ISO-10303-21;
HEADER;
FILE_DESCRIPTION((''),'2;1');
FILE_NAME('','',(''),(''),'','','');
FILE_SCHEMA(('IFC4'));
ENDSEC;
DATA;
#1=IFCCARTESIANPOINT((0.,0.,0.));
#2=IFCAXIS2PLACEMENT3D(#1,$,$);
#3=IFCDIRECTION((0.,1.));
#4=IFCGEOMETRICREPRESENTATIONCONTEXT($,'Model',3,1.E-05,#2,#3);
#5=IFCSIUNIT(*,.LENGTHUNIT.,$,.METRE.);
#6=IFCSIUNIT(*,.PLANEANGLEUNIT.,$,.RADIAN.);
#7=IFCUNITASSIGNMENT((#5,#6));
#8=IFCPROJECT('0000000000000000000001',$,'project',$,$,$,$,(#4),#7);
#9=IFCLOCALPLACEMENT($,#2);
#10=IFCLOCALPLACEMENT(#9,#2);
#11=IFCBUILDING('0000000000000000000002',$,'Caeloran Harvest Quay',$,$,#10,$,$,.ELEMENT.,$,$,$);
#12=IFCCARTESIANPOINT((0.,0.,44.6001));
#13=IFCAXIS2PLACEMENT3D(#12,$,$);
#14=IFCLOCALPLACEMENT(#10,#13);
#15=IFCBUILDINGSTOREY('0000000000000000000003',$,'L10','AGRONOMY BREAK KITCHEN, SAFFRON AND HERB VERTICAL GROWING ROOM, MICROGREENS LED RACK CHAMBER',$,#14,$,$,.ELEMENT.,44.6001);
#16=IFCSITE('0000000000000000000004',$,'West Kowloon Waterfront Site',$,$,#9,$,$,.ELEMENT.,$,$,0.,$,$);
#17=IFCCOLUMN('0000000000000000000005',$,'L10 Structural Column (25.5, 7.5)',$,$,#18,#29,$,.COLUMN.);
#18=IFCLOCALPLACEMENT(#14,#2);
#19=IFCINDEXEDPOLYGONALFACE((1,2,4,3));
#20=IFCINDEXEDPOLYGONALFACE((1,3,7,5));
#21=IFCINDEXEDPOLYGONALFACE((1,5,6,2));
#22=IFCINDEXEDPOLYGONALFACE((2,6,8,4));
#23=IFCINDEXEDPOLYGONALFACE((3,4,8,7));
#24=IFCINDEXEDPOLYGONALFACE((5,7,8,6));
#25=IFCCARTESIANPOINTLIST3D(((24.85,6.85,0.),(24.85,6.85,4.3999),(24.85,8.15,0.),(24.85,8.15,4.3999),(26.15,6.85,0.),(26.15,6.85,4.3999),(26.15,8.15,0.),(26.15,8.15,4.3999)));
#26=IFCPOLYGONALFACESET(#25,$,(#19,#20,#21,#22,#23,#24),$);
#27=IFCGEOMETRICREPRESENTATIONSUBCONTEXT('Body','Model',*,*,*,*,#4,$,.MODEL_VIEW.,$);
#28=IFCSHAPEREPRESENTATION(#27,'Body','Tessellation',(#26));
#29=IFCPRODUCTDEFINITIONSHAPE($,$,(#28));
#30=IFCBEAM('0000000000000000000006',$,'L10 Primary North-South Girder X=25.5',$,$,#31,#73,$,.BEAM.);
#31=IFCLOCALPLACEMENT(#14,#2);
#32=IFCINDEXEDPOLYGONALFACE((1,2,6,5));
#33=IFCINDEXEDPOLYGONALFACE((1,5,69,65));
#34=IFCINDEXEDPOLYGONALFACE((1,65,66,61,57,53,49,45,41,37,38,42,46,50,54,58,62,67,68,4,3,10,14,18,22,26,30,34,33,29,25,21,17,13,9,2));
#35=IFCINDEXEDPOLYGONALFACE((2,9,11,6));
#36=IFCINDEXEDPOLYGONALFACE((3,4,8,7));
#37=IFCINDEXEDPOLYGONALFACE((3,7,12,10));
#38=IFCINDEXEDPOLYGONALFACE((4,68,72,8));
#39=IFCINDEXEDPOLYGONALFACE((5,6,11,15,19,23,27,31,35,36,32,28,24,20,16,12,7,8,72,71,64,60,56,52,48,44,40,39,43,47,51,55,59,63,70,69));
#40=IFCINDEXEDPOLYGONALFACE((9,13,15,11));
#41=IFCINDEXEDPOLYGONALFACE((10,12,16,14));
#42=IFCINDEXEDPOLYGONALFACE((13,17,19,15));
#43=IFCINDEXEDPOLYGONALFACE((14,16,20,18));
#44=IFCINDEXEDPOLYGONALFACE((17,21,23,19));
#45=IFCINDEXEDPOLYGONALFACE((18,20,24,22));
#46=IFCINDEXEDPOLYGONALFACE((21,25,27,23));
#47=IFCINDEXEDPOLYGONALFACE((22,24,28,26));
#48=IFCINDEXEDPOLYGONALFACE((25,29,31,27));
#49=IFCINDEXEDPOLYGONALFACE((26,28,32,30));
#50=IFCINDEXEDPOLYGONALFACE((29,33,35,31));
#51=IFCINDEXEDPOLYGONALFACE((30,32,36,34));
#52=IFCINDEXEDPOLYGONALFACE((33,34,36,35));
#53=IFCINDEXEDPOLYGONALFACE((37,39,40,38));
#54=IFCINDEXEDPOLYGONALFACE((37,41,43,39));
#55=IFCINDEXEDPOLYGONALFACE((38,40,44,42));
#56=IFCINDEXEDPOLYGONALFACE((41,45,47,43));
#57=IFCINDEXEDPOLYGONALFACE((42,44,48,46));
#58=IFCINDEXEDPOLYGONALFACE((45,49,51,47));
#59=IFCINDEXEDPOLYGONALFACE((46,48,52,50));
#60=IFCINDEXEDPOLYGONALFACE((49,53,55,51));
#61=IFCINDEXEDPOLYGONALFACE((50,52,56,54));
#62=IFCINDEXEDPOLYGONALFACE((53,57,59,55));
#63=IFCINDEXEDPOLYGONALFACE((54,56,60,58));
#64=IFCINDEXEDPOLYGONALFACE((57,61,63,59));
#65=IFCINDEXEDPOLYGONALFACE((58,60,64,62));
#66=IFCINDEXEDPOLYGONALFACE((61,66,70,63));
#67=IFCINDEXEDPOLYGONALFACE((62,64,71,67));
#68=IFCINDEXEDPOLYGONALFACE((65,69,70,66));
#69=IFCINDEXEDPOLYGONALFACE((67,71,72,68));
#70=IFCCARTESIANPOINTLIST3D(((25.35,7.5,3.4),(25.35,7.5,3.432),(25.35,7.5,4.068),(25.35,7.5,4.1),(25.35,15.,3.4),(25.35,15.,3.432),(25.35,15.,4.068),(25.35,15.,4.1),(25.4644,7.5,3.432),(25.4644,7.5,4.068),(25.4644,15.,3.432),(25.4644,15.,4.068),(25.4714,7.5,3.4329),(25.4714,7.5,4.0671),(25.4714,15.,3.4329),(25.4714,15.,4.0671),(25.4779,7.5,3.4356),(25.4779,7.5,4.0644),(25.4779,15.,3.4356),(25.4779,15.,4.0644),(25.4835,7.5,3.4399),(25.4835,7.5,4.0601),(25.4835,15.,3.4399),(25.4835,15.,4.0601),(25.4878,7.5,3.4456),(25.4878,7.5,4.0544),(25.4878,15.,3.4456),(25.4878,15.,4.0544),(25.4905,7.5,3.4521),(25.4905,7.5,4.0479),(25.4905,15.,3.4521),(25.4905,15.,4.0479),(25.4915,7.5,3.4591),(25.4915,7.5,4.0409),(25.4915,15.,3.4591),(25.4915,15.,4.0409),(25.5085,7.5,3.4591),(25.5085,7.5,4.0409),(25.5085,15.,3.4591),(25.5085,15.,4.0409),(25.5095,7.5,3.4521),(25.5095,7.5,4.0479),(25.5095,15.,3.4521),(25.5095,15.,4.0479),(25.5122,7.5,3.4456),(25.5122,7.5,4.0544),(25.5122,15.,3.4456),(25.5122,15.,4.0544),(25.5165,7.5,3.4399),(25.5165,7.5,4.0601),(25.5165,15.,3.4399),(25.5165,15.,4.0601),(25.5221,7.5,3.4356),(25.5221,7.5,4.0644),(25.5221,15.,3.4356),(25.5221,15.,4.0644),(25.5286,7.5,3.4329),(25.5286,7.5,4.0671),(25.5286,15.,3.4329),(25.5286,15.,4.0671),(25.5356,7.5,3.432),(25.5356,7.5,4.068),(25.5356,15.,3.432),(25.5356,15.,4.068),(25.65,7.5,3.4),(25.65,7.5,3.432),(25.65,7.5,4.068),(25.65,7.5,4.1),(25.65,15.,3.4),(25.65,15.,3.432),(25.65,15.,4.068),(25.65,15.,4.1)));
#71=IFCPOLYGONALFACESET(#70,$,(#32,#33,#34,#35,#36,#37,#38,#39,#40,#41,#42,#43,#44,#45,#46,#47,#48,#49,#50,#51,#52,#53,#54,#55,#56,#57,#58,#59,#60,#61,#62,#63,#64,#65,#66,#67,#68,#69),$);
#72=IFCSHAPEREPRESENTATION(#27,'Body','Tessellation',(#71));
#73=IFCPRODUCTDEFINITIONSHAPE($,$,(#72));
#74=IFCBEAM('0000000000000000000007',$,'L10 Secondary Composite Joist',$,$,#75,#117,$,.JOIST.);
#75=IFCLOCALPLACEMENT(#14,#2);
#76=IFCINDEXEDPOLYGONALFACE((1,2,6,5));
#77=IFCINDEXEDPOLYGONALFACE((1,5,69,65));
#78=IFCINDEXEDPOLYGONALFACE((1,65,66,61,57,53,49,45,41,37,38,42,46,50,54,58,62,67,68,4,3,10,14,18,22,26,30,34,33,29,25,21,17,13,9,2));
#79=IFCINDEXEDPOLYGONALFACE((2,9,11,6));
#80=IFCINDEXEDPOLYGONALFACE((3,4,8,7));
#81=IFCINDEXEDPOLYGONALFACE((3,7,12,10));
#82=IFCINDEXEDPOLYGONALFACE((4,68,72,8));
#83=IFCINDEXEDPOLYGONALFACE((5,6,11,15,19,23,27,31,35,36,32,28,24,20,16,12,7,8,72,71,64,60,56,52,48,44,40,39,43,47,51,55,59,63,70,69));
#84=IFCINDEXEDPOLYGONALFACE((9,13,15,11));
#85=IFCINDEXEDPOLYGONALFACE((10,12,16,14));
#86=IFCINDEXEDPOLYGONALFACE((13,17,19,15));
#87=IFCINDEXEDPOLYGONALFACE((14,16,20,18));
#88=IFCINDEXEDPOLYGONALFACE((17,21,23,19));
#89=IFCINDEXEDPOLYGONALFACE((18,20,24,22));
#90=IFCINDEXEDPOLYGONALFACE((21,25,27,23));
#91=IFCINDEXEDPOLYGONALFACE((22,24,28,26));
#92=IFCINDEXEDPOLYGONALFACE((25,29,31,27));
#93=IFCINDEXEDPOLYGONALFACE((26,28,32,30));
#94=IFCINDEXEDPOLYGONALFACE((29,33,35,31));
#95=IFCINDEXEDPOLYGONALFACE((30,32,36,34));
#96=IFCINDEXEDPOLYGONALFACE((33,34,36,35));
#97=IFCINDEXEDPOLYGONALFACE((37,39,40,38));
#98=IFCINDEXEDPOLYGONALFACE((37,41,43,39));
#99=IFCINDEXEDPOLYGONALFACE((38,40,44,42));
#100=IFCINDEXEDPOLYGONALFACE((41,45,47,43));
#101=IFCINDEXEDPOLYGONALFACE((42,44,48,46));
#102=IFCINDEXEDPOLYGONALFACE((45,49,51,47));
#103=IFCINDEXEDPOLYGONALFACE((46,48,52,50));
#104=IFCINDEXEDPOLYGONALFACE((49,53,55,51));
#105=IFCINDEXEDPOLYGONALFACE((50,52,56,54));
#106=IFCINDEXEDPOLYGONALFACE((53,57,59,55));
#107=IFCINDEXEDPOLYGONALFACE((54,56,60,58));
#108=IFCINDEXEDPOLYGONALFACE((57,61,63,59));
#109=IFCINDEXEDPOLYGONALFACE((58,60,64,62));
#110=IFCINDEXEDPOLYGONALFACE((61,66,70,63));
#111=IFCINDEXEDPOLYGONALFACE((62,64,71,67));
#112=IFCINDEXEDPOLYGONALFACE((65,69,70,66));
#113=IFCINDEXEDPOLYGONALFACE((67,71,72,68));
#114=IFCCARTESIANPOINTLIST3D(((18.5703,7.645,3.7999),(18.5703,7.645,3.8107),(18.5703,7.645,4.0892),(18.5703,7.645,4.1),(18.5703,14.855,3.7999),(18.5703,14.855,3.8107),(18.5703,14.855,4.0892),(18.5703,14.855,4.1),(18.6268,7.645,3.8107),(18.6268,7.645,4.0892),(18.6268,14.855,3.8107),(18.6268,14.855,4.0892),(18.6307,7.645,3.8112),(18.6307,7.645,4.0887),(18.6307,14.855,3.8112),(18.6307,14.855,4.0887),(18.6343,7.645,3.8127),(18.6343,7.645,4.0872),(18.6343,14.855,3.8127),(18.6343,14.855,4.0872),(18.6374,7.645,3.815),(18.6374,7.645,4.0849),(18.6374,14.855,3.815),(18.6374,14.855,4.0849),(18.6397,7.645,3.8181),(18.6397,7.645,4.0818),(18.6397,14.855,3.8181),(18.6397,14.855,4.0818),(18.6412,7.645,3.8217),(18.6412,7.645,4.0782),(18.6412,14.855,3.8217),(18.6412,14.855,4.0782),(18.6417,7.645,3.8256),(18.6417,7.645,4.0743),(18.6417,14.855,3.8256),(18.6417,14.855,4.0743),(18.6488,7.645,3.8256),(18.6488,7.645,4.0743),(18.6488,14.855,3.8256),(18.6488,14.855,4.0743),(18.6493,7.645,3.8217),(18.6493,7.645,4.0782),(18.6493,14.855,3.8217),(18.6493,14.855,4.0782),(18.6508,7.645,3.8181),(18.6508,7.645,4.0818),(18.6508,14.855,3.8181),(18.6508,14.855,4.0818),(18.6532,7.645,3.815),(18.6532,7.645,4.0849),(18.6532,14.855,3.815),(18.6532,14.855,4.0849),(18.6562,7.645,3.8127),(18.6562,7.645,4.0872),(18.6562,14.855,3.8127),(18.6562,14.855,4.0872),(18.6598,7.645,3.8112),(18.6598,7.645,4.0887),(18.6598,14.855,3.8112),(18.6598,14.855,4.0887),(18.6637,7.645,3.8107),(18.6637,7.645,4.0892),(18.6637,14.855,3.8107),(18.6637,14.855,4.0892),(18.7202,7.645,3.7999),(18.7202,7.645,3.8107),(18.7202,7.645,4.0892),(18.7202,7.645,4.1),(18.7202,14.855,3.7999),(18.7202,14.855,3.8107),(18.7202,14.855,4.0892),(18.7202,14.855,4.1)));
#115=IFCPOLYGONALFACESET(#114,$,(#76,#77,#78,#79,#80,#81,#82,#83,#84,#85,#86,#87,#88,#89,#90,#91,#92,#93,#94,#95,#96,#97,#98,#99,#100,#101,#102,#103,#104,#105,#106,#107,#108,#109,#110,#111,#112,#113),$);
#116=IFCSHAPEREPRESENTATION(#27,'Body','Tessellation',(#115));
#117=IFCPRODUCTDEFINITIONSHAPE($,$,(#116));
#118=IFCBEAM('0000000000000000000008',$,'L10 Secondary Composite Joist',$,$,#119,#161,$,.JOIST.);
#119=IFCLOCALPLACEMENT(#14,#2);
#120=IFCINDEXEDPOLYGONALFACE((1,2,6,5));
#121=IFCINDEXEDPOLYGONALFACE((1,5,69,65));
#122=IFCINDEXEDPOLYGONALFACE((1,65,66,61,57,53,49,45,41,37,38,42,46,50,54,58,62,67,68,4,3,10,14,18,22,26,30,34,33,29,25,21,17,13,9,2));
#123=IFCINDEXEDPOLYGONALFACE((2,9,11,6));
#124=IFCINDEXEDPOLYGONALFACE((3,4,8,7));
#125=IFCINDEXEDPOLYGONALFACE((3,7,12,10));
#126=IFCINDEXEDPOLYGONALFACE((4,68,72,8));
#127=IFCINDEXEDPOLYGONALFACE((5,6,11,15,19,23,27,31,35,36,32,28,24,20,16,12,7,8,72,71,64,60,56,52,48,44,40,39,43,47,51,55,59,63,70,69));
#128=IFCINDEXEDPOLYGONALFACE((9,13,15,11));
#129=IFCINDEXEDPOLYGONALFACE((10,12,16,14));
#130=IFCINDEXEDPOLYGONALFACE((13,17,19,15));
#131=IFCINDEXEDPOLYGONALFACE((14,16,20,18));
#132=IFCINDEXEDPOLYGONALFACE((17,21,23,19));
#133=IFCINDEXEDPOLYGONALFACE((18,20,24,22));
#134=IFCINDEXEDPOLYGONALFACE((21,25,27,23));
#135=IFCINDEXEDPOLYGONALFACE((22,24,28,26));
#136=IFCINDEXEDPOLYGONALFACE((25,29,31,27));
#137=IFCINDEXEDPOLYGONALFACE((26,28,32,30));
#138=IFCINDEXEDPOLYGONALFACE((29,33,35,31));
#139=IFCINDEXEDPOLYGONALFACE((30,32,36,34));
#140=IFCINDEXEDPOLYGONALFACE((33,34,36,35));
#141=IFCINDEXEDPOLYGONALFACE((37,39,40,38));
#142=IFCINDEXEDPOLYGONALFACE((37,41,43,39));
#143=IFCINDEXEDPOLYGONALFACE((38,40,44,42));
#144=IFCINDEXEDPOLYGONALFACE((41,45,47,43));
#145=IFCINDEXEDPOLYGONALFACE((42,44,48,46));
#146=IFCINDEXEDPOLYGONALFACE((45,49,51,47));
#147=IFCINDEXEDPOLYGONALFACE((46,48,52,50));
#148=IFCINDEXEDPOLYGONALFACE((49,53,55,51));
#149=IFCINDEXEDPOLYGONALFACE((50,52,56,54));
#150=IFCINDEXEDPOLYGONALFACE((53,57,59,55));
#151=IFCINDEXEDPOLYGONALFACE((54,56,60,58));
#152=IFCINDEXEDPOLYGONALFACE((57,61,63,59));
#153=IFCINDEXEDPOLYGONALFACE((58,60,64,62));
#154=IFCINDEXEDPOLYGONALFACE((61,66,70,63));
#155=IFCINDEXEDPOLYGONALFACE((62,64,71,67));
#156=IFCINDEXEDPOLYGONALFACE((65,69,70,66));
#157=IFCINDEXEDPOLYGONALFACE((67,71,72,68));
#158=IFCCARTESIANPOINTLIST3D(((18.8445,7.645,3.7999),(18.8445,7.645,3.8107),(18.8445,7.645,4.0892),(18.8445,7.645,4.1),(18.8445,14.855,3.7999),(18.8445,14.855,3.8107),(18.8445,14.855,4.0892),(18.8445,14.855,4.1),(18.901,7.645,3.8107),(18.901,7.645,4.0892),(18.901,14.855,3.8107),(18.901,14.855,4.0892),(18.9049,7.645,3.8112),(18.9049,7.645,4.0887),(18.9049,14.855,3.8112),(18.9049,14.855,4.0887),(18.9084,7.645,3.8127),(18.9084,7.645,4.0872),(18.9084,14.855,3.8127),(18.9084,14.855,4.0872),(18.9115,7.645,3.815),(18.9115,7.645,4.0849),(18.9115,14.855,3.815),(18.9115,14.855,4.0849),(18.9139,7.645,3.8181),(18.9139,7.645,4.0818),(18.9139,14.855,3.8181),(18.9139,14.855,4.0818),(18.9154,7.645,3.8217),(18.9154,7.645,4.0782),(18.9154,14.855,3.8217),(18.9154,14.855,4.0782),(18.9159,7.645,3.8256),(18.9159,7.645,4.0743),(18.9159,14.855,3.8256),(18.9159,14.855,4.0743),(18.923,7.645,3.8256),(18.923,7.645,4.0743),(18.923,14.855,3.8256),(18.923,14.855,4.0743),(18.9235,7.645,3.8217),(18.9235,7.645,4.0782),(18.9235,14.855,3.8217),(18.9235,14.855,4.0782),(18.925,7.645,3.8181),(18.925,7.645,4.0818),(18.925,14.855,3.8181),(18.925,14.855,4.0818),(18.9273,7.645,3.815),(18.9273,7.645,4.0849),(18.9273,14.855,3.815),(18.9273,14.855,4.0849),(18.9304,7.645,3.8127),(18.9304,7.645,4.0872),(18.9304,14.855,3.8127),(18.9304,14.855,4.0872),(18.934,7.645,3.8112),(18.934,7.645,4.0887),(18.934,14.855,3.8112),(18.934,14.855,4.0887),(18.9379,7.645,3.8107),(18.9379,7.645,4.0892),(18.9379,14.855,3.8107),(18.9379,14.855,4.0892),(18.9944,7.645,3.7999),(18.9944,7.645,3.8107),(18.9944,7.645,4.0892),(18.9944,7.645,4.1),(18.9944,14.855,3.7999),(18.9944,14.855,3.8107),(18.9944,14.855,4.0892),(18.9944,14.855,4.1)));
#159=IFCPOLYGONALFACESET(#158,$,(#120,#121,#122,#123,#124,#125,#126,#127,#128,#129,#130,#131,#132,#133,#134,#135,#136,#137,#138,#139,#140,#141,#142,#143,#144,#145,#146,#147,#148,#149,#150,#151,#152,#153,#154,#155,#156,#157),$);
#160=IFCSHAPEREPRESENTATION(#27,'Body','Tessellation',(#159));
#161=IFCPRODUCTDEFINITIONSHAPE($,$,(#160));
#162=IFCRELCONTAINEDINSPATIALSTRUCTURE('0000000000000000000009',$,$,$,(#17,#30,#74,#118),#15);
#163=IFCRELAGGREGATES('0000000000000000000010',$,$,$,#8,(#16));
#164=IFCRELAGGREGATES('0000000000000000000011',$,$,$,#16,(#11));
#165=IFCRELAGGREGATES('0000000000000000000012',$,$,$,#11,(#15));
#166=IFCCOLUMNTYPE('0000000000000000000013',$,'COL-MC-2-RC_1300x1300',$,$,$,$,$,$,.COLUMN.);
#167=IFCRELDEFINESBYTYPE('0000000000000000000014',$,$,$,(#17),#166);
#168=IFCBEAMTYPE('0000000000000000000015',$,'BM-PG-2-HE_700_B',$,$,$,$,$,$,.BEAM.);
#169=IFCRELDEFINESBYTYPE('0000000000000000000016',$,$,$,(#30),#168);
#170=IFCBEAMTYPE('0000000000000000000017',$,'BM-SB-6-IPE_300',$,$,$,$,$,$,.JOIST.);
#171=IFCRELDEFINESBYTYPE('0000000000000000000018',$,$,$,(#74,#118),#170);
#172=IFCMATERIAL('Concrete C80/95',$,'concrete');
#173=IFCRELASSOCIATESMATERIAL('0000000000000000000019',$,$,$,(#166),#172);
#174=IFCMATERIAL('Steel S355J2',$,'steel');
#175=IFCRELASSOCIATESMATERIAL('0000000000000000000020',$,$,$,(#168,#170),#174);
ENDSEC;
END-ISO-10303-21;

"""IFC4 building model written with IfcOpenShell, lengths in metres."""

from ifc_helpers import new_model, si_unit, direction, frame, origin, origin_2d, place, context, subcontext, project, spatial, rectangle, i_section, extrude, material, material_profile, profile_set, type_object, element, save


model = new_model("IFC4")

# Units and contexts
model_context = context("Model", 3, precision=1e-05, world=origin(), true_north=direction((0.0, 1.0)))
body_context = subcontext(model_context, "Body", "Model", "MODEL_VIEW")
ifc_project = project(units=[si_unit("LENGTHUNIT", "METRE"), si_unit("PLANEANGLEUNIT", "RADIAN")], contexts=[model_context])

# Site, building, storey
site_placement = place(None, origin())
site = spatial("IfcSite", under=ifc_project, at=site_placement, Name="West Kowloon Waterfront Site", CompositionType="ELEMENT", RefElevation=0.0)
building_placement = place(site_placement, origin())
building = spatial("IfcBuilding", under=site, at=building_placement, Name="Caeloran Harvest Quay", CompositionType="ELEMENT")
storey_placement = place(building_placement, frame((0.0, 0.0, 44.6001)))
storey = spatial("IfcBuildingStorey", under=building, at=storey_placement, Name="L10", Description="AGRONOMY BREAK KITCHEN, SAFFRON AND HERB VERTICAL GROWING ROOM, MICROGREENS LED RACK CHAMBER", CompositionType="ELEMENT", Elevation=44.6001)

# Column
ifc_material_1 = material(Name="Concrete C80/95", Category="concrete")
ifc_material_profile_1 = material_profile(ifc_material_1, rectangle(XDim=1.3, YDim=1.3, at=origin_2d()), Name="RC 1300x1300")
ifc_profile_set_1 = profile_set([ifc_material_profile_1], Name="Concrete C80/95")
column_type = type_object("IfcColumnType", Name="COL-MC-2-RC_1300x1300", PredefinedType="COLUMN", material=ifc_profile_set_1)
column_placement = place(storey_placement, frame((25.5, 7.5, 0.0), z_axis=(0.0, 0.0, 1.0), x_axis=(1.0, 0.0, 0.0)))
element("IfcColumn", 1, at=column_placement, inside=storey, type_object=column_type, Name="L10 Structural Column (25.5, 7.5)", PredefinedType="COLUMN", context=body_context, shape_type="SweptSolid", body=[
    extrude(rectangle(XDim=1.3, YDim=1.3, at=origin_2d()), origin(), (0.0, 0.0, 1.0), 4.3999),
])

# Beams
ifc_material_2 = material(Name="Steel S355J2", Category="steel")
ifc_material_profile_2 = material_profile(ifc_material_2, i_section(OverallWidth=0.3, OverallDepth=0.7, WebThickness=0.0171, FlangeThickness=0.032, FilletRadius=0.0271, at=origin_2d()), Name="HE 700 B")
ifc_profile_set_2 = profile_set([ifc_material_profile_2], Name="Steel S355J2")
beam_type_1 = type_object("IfcBeamType", Name="BM-PG-2-HE_700_B", PredefinedType="BEAM", material=ifc_profile_set_2)
beam_placement = place(storey_placement, frame((25.5, 7.5, 3.75), z_axis=(0.0, 1.0, 0.0), x_axis=(-1.0, 0.0, 0.0)))
element("IfcBeam", 2, at=beam_placement, inside=storey, type_object=beam_type_1, Name="L10 Primary North-South Girder X=25.5", PredefinedType="BEAM", context=body_context, shape_type="SweptSolid", body=[
    extrude(i_section(OverallWidth=0.3, OverallDepth=0.7, WebThickness=0.0171, FlangeThickness=0.032, FilletRadius=0.0271, at=origin_2d()), origin(), (0.0, 0.0, 1.0), 7.5),
])
ifc_material_profile_3 = material_profile(ifc_material_2, i_section(OverallWidth=0.1499, OverallDepth=0.3, WebThickness=0.0071, FlangeThickness=0.0107, FilletRadius=0.0149, at=origin_2d()), Name="IPE 300")
ifc_profile_set_3 = profile_set([ifc_material_profile_3], Name="Steel S355J2")
beam_type_2 = type_object("IfcBeamType", Name="BM-SB-6-IPE_300", PredefinedType="JOIST", material=ifc_profile_set_3)
for number, where, z_axis, x_axis, name in (
    (3, (18.6453, 7.645, 3.95), (0.0, 1.0, 0.0), (-1.0, 0.0, 0.0), "L10 Secondary Composite Joist"),
    (4, (18.9194, 7.645, 3.95), (0.0, 1.0, 0.0), (-1.0, 0.0, 0.0), "L10 Secondary Composite Joist"),
):
    element("IfcBeam", number, at=place(storey_placement, frame(where, z_axis=z_axis, x_axis=x_axis)), inside=storey, type_object=beam_type_2, Name=name, PredefinedType="JOIST", context=body_context, shape_type="SweptSolid", body=[
        extrude(i_section(OverallWidth=0.1499, OverallDepth=0.3, WebThickness=0.0071, FlangeThickness=0.0107, FilletRadius=0.0149, at=origin_2d()), origin(), (0.0, 0.0, 1.0), 7.21),
    ])

save(model, "model.ifc")
